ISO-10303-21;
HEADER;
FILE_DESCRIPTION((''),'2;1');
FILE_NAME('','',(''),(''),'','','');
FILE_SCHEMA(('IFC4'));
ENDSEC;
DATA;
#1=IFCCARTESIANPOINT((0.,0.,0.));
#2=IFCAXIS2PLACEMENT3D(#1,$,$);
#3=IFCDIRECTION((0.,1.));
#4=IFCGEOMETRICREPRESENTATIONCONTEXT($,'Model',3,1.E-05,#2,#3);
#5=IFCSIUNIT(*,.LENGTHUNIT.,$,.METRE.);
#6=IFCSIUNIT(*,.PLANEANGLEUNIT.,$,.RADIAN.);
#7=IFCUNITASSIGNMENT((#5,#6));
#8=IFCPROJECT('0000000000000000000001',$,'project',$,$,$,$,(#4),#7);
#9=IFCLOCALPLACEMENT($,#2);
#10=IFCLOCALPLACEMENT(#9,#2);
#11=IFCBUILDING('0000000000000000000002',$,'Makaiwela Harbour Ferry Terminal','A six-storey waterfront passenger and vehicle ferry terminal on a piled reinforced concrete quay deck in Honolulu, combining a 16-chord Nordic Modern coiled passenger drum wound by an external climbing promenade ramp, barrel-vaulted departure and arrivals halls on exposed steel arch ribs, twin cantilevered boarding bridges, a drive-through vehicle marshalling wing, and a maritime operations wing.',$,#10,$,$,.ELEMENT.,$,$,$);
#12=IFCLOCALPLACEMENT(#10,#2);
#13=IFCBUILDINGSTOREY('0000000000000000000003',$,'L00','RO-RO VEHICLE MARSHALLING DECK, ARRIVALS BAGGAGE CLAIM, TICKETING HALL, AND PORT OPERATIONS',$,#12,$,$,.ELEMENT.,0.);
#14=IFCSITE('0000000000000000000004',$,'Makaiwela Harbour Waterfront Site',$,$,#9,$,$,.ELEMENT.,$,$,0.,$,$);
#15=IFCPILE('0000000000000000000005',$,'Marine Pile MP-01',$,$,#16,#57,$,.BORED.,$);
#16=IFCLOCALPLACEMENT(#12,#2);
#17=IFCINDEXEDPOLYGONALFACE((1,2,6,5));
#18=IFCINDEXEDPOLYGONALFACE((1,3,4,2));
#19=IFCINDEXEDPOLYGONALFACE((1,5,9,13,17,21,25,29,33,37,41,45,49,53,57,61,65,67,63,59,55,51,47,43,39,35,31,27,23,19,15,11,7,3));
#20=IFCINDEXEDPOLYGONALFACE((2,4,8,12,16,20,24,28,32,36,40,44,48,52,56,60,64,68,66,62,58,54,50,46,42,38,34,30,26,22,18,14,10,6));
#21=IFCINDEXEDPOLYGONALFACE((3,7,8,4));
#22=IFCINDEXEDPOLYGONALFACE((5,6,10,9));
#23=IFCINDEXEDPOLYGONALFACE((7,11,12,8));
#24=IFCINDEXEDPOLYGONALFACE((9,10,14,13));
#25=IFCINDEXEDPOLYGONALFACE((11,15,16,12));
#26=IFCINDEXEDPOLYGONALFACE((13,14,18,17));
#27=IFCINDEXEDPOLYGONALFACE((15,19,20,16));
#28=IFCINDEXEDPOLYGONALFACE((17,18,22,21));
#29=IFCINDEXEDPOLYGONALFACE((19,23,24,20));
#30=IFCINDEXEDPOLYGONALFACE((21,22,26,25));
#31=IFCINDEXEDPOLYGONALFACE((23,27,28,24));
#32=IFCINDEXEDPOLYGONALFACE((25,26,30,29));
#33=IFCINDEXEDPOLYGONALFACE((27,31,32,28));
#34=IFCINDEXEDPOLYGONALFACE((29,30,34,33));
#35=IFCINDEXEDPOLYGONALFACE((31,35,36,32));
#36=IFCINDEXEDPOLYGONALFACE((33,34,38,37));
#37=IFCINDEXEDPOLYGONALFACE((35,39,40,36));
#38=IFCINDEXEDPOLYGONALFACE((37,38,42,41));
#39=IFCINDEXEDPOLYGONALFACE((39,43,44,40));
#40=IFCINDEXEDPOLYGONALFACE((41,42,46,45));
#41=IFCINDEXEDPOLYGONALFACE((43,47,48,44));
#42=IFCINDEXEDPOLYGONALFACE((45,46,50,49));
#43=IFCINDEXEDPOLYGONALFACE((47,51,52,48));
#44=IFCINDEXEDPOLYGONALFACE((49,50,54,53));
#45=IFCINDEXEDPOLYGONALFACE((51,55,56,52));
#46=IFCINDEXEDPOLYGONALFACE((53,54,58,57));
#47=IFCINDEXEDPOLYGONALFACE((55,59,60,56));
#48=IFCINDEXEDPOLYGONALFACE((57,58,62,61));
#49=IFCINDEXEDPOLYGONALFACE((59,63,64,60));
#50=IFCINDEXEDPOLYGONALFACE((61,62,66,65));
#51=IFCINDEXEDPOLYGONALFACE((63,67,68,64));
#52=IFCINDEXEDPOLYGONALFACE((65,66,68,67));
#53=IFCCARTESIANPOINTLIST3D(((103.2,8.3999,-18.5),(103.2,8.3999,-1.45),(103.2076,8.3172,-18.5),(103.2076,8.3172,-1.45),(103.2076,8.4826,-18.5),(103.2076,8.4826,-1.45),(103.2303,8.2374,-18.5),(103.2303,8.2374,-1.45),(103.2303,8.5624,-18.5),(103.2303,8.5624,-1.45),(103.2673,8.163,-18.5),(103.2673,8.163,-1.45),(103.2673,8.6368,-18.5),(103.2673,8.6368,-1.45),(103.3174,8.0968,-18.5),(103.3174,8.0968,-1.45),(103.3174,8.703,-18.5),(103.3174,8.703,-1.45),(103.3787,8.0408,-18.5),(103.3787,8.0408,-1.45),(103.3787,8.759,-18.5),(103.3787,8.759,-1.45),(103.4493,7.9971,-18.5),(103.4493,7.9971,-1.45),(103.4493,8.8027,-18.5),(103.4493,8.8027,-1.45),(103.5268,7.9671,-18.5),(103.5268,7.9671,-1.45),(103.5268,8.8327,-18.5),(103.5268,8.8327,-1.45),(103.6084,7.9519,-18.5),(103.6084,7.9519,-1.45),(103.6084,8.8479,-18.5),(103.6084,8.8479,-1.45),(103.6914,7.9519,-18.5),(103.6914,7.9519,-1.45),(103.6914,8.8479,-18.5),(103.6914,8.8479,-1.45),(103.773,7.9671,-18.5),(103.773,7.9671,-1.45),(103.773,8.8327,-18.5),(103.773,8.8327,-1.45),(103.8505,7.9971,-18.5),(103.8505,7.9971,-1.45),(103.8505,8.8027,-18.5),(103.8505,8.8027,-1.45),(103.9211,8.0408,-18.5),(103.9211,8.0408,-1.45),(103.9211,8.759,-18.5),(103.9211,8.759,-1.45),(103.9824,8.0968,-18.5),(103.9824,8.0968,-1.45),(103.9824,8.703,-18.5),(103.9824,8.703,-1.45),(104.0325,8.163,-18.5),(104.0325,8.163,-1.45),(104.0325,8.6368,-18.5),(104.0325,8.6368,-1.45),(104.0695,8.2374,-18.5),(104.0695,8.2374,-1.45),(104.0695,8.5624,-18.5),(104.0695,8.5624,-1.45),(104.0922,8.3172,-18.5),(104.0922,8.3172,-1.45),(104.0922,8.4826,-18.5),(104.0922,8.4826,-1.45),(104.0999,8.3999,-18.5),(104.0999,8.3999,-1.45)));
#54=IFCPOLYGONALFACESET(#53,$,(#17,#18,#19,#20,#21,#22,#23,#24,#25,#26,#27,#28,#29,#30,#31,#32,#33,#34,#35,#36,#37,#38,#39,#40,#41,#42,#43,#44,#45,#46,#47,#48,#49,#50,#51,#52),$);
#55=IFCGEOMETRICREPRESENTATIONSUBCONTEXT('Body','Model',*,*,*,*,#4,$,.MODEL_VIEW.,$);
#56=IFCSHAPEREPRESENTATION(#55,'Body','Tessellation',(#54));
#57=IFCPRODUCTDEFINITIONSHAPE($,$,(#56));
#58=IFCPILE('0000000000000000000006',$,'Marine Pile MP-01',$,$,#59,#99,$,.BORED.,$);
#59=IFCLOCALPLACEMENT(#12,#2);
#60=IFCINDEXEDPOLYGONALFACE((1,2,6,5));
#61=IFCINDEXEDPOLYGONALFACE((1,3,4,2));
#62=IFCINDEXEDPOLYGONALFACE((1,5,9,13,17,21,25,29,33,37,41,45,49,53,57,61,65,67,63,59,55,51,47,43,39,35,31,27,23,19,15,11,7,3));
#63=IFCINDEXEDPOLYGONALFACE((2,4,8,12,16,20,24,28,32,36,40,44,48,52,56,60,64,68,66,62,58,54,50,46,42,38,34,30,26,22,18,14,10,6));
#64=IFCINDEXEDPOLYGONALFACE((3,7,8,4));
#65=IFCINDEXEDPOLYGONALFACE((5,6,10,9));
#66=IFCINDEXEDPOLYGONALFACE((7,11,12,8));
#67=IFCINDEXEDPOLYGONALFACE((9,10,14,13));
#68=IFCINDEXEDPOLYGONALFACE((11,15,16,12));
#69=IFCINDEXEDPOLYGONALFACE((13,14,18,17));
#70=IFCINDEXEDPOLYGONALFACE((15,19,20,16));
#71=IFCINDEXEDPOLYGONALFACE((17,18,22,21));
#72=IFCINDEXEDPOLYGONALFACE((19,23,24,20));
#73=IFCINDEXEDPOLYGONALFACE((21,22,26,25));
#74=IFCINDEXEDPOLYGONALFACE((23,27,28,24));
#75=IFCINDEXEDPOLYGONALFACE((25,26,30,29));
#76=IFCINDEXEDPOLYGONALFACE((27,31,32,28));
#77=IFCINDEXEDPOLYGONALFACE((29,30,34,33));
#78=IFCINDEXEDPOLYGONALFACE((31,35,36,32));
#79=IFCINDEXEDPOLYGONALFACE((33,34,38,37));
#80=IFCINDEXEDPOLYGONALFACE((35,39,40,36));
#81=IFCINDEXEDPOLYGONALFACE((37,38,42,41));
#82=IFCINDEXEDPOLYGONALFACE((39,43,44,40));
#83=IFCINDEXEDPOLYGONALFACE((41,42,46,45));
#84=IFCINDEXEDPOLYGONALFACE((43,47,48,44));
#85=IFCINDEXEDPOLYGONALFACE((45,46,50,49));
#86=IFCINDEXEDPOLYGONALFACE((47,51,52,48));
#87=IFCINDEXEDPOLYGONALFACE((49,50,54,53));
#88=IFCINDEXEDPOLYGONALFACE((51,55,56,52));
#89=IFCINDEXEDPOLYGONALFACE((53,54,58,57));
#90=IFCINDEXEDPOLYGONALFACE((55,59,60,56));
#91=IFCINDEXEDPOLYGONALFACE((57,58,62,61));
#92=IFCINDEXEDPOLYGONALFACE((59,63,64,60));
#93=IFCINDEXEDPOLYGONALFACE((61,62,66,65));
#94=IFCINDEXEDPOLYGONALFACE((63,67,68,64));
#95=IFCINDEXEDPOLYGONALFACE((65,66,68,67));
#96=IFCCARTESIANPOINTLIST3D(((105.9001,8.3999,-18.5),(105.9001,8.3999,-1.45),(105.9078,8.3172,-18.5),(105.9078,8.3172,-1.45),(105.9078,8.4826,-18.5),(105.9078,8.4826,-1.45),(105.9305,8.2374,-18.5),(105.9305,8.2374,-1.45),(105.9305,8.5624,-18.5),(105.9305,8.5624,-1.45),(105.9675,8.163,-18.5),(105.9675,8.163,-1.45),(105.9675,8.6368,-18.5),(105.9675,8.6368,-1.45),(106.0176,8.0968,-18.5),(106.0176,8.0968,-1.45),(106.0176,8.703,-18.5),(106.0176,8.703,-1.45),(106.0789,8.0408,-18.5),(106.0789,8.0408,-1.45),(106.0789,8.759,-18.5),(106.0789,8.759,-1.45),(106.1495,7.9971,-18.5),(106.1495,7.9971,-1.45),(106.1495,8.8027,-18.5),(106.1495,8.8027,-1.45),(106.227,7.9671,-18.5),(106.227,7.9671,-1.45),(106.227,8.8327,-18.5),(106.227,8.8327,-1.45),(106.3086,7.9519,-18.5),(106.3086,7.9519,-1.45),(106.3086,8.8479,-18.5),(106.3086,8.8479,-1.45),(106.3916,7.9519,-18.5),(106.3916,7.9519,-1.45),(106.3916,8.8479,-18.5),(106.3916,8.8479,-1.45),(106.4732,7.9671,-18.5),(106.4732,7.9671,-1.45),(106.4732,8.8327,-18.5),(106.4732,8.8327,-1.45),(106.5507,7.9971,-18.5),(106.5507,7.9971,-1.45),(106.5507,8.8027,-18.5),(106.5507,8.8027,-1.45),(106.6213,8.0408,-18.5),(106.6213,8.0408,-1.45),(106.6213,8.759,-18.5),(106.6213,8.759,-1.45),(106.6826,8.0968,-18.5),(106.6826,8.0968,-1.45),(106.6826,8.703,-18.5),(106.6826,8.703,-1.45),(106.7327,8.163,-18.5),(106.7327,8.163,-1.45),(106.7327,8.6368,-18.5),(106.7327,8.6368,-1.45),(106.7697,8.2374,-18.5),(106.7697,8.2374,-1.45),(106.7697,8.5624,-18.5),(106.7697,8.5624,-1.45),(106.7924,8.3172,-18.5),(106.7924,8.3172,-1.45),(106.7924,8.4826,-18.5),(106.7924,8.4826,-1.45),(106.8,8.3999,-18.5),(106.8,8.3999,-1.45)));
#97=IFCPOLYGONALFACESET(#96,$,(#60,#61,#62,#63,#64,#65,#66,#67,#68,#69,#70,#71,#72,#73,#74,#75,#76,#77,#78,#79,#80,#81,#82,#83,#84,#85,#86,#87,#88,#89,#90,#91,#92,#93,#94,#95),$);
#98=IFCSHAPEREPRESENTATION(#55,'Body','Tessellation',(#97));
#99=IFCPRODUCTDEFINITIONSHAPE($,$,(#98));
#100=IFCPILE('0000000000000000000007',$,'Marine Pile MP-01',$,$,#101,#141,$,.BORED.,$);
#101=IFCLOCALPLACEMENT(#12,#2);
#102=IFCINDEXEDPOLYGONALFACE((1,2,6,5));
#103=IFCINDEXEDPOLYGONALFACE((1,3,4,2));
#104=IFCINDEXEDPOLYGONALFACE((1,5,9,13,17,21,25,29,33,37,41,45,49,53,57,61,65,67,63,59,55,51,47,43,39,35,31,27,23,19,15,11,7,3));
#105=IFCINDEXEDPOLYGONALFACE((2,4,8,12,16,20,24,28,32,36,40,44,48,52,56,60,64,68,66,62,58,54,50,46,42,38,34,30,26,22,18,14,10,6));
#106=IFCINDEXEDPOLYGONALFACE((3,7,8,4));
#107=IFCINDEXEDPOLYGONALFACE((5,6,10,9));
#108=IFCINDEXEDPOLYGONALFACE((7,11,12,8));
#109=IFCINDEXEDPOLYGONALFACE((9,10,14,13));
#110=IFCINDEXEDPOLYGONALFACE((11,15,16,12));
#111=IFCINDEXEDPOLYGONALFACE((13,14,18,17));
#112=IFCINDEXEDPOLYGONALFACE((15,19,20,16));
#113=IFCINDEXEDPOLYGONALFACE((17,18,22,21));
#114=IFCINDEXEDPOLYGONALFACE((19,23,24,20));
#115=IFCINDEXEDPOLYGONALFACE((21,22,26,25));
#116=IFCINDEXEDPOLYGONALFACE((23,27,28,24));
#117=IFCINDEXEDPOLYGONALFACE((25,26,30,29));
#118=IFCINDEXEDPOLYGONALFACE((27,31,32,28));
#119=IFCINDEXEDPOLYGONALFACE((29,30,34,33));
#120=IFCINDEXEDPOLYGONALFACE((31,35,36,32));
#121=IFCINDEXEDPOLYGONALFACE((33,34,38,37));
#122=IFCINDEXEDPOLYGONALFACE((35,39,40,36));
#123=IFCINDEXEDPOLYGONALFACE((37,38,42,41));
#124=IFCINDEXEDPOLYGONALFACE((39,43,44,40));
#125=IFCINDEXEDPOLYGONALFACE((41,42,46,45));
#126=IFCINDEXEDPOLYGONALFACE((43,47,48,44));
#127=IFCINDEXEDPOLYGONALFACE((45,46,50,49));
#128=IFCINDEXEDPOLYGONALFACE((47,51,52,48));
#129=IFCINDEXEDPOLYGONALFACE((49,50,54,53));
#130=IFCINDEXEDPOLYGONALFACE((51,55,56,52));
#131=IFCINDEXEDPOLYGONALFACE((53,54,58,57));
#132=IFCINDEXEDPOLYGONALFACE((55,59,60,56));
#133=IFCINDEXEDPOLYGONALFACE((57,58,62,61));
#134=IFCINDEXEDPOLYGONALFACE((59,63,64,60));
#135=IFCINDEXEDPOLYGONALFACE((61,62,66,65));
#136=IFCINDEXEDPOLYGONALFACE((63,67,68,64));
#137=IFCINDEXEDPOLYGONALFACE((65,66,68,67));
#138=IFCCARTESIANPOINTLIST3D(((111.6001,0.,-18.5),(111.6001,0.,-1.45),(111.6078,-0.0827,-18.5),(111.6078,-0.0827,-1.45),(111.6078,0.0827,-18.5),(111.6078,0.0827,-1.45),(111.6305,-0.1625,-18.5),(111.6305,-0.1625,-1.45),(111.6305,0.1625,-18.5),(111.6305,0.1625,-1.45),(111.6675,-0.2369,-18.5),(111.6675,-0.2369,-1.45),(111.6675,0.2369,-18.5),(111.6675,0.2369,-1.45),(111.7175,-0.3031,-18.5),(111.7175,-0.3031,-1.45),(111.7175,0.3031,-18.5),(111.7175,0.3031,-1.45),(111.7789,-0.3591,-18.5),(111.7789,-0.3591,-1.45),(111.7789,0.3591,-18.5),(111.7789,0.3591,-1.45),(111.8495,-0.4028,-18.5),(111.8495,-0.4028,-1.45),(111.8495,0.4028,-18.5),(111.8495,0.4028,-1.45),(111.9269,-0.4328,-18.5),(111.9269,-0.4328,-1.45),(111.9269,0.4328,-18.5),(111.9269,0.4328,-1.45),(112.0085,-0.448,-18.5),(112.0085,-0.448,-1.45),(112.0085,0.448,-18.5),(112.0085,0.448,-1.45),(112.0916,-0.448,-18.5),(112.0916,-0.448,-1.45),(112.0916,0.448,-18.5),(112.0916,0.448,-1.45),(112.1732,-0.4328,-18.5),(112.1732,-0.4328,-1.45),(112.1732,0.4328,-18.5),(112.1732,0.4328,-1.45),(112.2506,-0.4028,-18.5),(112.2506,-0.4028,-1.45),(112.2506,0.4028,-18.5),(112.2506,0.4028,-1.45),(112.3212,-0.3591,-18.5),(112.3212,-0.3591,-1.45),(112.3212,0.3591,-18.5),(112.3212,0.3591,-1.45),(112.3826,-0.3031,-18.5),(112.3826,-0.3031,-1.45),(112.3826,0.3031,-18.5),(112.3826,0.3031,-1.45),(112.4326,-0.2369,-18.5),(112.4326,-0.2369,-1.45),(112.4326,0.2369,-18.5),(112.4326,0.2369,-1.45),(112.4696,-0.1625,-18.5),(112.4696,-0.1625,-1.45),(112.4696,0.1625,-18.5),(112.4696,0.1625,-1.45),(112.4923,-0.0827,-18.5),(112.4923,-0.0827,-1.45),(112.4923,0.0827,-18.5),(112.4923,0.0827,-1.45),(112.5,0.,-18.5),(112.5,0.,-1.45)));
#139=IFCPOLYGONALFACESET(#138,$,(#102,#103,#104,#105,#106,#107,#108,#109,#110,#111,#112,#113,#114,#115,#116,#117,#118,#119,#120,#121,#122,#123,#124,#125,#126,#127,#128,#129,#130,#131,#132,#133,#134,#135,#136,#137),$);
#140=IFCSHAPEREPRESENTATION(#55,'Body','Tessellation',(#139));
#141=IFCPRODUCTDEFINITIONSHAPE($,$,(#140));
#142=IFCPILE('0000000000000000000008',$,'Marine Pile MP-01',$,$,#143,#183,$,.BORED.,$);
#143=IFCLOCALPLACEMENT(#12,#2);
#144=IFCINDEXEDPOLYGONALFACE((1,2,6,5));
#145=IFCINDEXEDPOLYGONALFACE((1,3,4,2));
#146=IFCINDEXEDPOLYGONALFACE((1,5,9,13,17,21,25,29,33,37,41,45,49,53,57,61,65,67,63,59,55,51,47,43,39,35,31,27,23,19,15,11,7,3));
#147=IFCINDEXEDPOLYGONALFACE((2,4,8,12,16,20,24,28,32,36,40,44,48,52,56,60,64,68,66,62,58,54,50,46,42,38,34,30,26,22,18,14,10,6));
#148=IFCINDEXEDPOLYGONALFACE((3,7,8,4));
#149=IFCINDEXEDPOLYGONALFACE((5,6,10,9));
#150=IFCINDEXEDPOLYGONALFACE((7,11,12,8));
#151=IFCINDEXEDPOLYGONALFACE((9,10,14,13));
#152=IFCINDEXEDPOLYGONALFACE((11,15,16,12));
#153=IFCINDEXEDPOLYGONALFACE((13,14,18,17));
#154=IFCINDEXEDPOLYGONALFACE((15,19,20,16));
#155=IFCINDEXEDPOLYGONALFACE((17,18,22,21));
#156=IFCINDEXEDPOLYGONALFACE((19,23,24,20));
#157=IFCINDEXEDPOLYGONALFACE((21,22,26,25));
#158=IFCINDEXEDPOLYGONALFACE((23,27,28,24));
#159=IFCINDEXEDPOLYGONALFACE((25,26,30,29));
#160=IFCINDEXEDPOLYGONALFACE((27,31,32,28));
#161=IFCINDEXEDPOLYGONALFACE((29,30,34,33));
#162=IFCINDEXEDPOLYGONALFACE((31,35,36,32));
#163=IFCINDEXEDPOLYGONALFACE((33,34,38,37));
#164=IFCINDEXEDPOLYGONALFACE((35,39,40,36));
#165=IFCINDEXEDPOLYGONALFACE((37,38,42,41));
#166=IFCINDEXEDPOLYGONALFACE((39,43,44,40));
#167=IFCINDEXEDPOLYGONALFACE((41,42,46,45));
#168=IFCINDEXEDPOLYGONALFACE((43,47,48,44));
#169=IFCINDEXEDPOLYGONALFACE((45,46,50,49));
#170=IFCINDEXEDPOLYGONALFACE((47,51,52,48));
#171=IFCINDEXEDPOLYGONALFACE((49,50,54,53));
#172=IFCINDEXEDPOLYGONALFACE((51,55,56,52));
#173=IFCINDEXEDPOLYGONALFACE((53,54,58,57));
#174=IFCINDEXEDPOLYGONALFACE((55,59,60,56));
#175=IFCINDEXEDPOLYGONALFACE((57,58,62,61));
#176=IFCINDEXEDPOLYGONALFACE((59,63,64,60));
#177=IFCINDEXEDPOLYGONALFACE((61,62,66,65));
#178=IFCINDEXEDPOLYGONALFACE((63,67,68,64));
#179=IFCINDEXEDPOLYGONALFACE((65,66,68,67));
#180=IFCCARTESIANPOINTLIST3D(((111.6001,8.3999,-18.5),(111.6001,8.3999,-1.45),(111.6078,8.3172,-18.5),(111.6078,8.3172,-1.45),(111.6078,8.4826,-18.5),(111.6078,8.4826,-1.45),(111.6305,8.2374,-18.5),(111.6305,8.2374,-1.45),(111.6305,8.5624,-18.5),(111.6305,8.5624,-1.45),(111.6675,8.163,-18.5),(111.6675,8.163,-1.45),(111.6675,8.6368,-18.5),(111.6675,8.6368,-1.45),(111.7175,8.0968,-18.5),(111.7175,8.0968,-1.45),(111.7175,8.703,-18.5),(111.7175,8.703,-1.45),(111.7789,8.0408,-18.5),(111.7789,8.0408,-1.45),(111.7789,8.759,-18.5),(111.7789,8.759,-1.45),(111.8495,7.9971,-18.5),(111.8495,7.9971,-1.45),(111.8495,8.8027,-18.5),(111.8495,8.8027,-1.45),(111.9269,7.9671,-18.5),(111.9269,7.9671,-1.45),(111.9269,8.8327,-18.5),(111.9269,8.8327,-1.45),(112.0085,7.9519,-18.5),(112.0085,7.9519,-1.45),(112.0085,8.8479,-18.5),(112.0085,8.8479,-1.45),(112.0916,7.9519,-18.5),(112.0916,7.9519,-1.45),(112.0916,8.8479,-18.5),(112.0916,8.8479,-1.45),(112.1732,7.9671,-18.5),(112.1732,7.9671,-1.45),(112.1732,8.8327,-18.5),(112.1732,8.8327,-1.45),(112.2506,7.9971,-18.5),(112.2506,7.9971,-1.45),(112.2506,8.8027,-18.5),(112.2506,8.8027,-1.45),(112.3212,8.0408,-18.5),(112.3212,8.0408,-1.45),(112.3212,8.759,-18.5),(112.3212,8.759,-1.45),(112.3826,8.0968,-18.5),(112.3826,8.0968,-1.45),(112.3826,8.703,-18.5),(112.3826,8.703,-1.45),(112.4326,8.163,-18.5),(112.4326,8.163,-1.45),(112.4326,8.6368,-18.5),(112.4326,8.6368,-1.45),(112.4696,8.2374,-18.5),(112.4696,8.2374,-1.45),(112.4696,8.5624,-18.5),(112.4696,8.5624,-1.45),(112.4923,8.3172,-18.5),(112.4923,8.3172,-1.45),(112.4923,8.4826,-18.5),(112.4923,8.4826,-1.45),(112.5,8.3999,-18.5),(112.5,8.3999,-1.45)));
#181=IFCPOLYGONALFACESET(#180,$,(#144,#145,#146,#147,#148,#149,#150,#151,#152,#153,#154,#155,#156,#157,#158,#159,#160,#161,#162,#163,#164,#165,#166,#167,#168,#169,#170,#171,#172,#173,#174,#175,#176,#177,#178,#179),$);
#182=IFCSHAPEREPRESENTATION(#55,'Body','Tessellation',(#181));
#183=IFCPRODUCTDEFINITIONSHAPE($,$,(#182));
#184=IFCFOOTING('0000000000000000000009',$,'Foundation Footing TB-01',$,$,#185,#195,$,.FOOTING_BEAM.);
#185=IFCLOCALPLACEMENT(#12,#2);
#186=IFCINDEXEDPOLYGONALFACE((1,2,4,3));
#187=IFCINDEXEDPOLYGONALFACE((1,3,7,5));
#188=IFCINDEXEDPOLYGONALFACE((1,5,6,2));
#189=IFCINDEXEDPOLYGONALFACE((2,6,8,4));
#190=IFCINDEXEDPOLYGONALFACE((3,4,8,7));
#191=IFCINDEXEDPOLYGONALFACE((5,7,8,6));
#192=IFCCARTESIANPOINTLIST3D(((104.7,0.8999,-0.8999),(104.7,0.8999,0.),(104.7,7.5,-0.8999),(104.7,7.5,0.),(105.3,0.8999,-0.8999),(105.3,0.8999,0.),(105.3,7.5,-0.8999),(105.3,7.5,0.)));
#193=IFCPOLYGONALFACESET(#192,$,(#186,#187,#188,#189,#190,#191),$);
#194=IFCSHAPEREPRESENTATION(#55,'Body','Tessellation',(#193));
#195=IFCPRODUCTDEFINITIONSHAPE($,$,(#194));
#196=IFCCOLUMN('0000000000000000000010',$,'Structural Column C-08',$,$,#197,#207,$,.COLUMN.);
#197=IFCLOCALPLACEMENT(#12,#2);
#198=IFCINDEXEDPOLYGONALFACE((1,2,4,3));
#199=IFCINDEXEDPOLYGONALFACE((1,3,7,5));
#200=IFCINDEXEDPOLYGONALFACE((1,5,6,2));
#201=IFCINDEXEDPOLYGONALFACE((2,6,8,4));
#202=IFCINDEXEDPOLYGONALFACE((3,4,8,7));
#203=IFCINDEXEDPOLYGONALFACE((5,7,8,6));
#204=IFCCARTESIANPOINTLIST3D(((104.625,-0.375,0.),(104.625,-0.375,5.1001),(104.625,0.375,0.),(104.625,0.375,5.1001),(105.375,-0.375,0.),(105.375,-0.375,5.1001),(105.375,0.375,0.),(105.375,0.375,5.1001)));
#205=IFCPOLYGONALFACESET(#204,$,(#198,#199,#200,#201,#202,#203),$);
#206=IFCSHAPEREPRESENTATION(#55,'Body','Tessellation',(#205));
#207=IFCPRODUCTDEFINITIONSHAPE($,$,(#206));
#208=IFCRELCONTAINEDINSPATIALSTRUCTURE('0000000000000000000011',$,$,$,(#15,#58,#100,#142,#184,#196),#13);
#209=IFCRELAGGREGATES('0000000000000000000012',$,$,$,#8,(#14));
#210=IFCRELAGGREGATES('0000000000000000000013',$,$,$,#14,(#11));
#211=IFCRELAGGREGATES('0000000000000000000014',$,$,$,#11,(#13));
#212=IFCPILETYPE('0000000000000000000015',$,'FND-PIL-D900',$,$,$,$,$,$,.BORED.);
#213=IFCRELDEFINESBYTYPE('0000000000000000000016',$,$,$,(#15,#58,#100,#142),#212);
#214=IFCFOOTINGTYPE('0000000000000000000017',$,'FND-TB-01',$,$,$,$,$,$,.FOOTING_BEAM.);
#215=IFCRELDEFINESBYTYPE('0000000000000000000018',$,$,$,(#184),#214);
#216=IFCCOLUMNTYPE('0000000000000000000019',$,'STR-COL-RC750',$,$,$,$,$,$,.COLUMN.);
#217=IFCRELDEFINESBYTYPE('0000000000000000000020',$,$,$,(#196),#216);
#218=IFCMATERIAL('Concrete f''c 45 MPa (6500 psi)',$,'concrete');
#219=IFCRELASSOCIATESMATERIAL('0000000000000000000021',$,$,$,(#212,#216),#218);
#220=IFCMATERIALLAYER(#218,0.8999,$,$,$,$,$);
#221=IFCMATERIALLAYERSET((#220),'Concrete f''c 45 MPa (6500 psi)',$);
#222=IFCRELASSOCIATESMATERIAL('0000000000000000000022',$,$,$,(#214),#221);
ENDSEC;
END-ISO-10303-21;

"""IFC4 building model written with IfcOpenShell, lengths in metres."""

from ifc_helpers import new_model, si_unit, direction, frame, origin, origin_2d, place, context, subcontext, project, spatial, rectangle, circle, extrude, material, layer, layer_set, material_profile, profile_set, type_object, element, save


model = new_model("IFC4")

# Units and contexts
model_context = context("Model", 3, precision=1e-05, world=origin(), true_north=direction((0.0, 1.0)))
body_context = subcontext(model_context, "Body", "Model", "MODEL_VIEW")
ifc_project = project(units=[si_unit("LENGTHUNIT", "METRE"), si_unit("PLANEANGLEUNIT", "RADIAN")], contexts=[model_context])

# Site, building, storey
site_placement = place(None, origin())
site = spatial("IfcSite", under=ifc_project, at=site_placement, Name="Makaiwela Harbour Waterfront Site", CompositionType="ELEMENT", RefElevation=0.0)
building_placement = place(site_placement, origin())
building = spatial("IfcBuilding", under=site, at=building_placement, Name="Makaiwela Harbour Ferry Terminal", Description="A six-storey waterfront passenger and vehicle ferry terminal on a piled reinforced concrete quay deck in Honolulu, combining a 16-chord Nordic Modern coiled passenger drum wound by an external climbing promenade ramp, barrel-vaulted departure and arrivals halls on exposed steel arch ribs, twin cantilevered boarding bridges, a drive-through vehicle marshalling wing, and a maritime operations wing.", CompositionType="ELEMENT")
storey_placement = place(building_placement, origin())
storey = spatial("IfcBuildingStorey", under=building, at=storey_placement, Name="L00", Description="RO-RO VEHICLE MARSHALLING DECK, ARRIVALS BAGGAGE CLAIM, TICKETING HALL, AND PORT OPERATIONS", CompositionType="ELEMENT", Elevation=0.0)

# Shared definitions
ifc_material_1 = material(Name="Concrete f'c 45 MPa (6500 psi)", Category="concrete")

# Piles
ifc_material_profile_1 = material_profile(ifc_material_1, circle(Radius=0.45, at=origin_2d()), Name="PILE-D900")
ifc_profile_set_1 = profile_set([ifc_material_profile_1], Name="Concrete f'c 45 MPa (6500 psi)")
pile_type = type_object("IfcPileType", Name="FND-PIL-D900", PredefinedType="BORED", material=ifc_profile_set_1)
for number, where, z_axis, x_axis, name in (
    (1, (103.6499, 8.3999, -1.45), (0.0, 0.0, -1.0), (1.0, 0.0, 0.0), "Marine Pile MP-01"),
    (2, (106.3501, 8.3999, -1.45), (0.0, 0.0, -1.0), (1.0, 0.0, 0.0), "Marine Pile MP-01"),
    (3, (112.05, 0.0, -1.45), (0.0, 0.0, -1.0), (1.0, 0.0, 0.0), "Marine Pile MP-01"),
    (4, (112.05, 8.3999, -1.45), (0.0, 0.0, -1.0), (1.0, 0.0, 0.0), "Marine Pile MP-01"),
):
    element("IfcPile", number, at=place(storey_placement, frame(where, z_axis=z_axis, x_axis=x_axis)), inside=storey, type_object=pile_type, Name=name, PredefinedType="BORED", context=body_context, shape_type="SweptSolid", body=[
        extrude(circle(Radius=0.45, at=origin_2d()), origin(), (0.0, 0.0, 1.0), 17.05),
    ])

# Footing
ifc_layer_1 = layer(ifc_material_1, 0.8999)
ifc_layer_set_1 = layer_set([ifc_layer_1], Name="Concrete f'c 45 MPa (6500 psi)")
footing_type_1 = type_object("IfcFootingType", Name="FND-TB-01", PredefinedType="FOOTING_BEAM", material=ifc_layer_set_1)
footing_1_placement = place(storey_placement, frame((105.0, 4.2, -0.8999), z_axis=(0.0, 0.0, 1.0), x_axis=(0.0, 1.0, 0.0)))
element("IfcFooting", 5, at=footing_1_placement, inside=storey, type_object=footing_type_1, Name="Foundation Footing TB-01", PredefinedType="FOOTING_BEAM", context=body_context, shape_type="SweptSolid", body=[
    extrude(rectangle(XDim=6.6001, YDim=0.6001, at=origin_2d()), origin(), (0.0, 0.0, 1.0), 0.8999),
])

# Column
ifc_material_profile_2 = material_profile(ifc_material_1, rectangle(XDim=0.75, YDim=0.75, at=origin_2d()), Name="RC-750X750")
ifc_profile_set_2 = profile_set([ifc_material_profile_2], Name="Concrete f'c 45 MPa (6500 psi)")
column_type_1 = type_object("IfcColumnType", Name="STR-COL-RC750", PredefinedType="COLUMN", material=ifc_profile_set_2)
for number, where, z_axis, x_axis, name in (
    (6, (105.0, 0.0, 0.0), (0.0, 0.0, 1.0), (1.0, 0.0, 0.0), "Structural Column C-08"),
):
    element("IfcColumn", number, at=place(storey_placement, frame(where, z_axis=z_axis, x_axis=x_axis)), inside=storey, type_object=column_type_1, Name=name, PredefinedType="COLUMN", context=body_context, shape_type="SweptSolid", body=[
        extrude(rectangle(XDim=0.75, YDim=0.75, at=origin_2d()), origin(), (0.0, 0.0, 1.0), 5.1001),
    ])

save(model, "model.ifc")
